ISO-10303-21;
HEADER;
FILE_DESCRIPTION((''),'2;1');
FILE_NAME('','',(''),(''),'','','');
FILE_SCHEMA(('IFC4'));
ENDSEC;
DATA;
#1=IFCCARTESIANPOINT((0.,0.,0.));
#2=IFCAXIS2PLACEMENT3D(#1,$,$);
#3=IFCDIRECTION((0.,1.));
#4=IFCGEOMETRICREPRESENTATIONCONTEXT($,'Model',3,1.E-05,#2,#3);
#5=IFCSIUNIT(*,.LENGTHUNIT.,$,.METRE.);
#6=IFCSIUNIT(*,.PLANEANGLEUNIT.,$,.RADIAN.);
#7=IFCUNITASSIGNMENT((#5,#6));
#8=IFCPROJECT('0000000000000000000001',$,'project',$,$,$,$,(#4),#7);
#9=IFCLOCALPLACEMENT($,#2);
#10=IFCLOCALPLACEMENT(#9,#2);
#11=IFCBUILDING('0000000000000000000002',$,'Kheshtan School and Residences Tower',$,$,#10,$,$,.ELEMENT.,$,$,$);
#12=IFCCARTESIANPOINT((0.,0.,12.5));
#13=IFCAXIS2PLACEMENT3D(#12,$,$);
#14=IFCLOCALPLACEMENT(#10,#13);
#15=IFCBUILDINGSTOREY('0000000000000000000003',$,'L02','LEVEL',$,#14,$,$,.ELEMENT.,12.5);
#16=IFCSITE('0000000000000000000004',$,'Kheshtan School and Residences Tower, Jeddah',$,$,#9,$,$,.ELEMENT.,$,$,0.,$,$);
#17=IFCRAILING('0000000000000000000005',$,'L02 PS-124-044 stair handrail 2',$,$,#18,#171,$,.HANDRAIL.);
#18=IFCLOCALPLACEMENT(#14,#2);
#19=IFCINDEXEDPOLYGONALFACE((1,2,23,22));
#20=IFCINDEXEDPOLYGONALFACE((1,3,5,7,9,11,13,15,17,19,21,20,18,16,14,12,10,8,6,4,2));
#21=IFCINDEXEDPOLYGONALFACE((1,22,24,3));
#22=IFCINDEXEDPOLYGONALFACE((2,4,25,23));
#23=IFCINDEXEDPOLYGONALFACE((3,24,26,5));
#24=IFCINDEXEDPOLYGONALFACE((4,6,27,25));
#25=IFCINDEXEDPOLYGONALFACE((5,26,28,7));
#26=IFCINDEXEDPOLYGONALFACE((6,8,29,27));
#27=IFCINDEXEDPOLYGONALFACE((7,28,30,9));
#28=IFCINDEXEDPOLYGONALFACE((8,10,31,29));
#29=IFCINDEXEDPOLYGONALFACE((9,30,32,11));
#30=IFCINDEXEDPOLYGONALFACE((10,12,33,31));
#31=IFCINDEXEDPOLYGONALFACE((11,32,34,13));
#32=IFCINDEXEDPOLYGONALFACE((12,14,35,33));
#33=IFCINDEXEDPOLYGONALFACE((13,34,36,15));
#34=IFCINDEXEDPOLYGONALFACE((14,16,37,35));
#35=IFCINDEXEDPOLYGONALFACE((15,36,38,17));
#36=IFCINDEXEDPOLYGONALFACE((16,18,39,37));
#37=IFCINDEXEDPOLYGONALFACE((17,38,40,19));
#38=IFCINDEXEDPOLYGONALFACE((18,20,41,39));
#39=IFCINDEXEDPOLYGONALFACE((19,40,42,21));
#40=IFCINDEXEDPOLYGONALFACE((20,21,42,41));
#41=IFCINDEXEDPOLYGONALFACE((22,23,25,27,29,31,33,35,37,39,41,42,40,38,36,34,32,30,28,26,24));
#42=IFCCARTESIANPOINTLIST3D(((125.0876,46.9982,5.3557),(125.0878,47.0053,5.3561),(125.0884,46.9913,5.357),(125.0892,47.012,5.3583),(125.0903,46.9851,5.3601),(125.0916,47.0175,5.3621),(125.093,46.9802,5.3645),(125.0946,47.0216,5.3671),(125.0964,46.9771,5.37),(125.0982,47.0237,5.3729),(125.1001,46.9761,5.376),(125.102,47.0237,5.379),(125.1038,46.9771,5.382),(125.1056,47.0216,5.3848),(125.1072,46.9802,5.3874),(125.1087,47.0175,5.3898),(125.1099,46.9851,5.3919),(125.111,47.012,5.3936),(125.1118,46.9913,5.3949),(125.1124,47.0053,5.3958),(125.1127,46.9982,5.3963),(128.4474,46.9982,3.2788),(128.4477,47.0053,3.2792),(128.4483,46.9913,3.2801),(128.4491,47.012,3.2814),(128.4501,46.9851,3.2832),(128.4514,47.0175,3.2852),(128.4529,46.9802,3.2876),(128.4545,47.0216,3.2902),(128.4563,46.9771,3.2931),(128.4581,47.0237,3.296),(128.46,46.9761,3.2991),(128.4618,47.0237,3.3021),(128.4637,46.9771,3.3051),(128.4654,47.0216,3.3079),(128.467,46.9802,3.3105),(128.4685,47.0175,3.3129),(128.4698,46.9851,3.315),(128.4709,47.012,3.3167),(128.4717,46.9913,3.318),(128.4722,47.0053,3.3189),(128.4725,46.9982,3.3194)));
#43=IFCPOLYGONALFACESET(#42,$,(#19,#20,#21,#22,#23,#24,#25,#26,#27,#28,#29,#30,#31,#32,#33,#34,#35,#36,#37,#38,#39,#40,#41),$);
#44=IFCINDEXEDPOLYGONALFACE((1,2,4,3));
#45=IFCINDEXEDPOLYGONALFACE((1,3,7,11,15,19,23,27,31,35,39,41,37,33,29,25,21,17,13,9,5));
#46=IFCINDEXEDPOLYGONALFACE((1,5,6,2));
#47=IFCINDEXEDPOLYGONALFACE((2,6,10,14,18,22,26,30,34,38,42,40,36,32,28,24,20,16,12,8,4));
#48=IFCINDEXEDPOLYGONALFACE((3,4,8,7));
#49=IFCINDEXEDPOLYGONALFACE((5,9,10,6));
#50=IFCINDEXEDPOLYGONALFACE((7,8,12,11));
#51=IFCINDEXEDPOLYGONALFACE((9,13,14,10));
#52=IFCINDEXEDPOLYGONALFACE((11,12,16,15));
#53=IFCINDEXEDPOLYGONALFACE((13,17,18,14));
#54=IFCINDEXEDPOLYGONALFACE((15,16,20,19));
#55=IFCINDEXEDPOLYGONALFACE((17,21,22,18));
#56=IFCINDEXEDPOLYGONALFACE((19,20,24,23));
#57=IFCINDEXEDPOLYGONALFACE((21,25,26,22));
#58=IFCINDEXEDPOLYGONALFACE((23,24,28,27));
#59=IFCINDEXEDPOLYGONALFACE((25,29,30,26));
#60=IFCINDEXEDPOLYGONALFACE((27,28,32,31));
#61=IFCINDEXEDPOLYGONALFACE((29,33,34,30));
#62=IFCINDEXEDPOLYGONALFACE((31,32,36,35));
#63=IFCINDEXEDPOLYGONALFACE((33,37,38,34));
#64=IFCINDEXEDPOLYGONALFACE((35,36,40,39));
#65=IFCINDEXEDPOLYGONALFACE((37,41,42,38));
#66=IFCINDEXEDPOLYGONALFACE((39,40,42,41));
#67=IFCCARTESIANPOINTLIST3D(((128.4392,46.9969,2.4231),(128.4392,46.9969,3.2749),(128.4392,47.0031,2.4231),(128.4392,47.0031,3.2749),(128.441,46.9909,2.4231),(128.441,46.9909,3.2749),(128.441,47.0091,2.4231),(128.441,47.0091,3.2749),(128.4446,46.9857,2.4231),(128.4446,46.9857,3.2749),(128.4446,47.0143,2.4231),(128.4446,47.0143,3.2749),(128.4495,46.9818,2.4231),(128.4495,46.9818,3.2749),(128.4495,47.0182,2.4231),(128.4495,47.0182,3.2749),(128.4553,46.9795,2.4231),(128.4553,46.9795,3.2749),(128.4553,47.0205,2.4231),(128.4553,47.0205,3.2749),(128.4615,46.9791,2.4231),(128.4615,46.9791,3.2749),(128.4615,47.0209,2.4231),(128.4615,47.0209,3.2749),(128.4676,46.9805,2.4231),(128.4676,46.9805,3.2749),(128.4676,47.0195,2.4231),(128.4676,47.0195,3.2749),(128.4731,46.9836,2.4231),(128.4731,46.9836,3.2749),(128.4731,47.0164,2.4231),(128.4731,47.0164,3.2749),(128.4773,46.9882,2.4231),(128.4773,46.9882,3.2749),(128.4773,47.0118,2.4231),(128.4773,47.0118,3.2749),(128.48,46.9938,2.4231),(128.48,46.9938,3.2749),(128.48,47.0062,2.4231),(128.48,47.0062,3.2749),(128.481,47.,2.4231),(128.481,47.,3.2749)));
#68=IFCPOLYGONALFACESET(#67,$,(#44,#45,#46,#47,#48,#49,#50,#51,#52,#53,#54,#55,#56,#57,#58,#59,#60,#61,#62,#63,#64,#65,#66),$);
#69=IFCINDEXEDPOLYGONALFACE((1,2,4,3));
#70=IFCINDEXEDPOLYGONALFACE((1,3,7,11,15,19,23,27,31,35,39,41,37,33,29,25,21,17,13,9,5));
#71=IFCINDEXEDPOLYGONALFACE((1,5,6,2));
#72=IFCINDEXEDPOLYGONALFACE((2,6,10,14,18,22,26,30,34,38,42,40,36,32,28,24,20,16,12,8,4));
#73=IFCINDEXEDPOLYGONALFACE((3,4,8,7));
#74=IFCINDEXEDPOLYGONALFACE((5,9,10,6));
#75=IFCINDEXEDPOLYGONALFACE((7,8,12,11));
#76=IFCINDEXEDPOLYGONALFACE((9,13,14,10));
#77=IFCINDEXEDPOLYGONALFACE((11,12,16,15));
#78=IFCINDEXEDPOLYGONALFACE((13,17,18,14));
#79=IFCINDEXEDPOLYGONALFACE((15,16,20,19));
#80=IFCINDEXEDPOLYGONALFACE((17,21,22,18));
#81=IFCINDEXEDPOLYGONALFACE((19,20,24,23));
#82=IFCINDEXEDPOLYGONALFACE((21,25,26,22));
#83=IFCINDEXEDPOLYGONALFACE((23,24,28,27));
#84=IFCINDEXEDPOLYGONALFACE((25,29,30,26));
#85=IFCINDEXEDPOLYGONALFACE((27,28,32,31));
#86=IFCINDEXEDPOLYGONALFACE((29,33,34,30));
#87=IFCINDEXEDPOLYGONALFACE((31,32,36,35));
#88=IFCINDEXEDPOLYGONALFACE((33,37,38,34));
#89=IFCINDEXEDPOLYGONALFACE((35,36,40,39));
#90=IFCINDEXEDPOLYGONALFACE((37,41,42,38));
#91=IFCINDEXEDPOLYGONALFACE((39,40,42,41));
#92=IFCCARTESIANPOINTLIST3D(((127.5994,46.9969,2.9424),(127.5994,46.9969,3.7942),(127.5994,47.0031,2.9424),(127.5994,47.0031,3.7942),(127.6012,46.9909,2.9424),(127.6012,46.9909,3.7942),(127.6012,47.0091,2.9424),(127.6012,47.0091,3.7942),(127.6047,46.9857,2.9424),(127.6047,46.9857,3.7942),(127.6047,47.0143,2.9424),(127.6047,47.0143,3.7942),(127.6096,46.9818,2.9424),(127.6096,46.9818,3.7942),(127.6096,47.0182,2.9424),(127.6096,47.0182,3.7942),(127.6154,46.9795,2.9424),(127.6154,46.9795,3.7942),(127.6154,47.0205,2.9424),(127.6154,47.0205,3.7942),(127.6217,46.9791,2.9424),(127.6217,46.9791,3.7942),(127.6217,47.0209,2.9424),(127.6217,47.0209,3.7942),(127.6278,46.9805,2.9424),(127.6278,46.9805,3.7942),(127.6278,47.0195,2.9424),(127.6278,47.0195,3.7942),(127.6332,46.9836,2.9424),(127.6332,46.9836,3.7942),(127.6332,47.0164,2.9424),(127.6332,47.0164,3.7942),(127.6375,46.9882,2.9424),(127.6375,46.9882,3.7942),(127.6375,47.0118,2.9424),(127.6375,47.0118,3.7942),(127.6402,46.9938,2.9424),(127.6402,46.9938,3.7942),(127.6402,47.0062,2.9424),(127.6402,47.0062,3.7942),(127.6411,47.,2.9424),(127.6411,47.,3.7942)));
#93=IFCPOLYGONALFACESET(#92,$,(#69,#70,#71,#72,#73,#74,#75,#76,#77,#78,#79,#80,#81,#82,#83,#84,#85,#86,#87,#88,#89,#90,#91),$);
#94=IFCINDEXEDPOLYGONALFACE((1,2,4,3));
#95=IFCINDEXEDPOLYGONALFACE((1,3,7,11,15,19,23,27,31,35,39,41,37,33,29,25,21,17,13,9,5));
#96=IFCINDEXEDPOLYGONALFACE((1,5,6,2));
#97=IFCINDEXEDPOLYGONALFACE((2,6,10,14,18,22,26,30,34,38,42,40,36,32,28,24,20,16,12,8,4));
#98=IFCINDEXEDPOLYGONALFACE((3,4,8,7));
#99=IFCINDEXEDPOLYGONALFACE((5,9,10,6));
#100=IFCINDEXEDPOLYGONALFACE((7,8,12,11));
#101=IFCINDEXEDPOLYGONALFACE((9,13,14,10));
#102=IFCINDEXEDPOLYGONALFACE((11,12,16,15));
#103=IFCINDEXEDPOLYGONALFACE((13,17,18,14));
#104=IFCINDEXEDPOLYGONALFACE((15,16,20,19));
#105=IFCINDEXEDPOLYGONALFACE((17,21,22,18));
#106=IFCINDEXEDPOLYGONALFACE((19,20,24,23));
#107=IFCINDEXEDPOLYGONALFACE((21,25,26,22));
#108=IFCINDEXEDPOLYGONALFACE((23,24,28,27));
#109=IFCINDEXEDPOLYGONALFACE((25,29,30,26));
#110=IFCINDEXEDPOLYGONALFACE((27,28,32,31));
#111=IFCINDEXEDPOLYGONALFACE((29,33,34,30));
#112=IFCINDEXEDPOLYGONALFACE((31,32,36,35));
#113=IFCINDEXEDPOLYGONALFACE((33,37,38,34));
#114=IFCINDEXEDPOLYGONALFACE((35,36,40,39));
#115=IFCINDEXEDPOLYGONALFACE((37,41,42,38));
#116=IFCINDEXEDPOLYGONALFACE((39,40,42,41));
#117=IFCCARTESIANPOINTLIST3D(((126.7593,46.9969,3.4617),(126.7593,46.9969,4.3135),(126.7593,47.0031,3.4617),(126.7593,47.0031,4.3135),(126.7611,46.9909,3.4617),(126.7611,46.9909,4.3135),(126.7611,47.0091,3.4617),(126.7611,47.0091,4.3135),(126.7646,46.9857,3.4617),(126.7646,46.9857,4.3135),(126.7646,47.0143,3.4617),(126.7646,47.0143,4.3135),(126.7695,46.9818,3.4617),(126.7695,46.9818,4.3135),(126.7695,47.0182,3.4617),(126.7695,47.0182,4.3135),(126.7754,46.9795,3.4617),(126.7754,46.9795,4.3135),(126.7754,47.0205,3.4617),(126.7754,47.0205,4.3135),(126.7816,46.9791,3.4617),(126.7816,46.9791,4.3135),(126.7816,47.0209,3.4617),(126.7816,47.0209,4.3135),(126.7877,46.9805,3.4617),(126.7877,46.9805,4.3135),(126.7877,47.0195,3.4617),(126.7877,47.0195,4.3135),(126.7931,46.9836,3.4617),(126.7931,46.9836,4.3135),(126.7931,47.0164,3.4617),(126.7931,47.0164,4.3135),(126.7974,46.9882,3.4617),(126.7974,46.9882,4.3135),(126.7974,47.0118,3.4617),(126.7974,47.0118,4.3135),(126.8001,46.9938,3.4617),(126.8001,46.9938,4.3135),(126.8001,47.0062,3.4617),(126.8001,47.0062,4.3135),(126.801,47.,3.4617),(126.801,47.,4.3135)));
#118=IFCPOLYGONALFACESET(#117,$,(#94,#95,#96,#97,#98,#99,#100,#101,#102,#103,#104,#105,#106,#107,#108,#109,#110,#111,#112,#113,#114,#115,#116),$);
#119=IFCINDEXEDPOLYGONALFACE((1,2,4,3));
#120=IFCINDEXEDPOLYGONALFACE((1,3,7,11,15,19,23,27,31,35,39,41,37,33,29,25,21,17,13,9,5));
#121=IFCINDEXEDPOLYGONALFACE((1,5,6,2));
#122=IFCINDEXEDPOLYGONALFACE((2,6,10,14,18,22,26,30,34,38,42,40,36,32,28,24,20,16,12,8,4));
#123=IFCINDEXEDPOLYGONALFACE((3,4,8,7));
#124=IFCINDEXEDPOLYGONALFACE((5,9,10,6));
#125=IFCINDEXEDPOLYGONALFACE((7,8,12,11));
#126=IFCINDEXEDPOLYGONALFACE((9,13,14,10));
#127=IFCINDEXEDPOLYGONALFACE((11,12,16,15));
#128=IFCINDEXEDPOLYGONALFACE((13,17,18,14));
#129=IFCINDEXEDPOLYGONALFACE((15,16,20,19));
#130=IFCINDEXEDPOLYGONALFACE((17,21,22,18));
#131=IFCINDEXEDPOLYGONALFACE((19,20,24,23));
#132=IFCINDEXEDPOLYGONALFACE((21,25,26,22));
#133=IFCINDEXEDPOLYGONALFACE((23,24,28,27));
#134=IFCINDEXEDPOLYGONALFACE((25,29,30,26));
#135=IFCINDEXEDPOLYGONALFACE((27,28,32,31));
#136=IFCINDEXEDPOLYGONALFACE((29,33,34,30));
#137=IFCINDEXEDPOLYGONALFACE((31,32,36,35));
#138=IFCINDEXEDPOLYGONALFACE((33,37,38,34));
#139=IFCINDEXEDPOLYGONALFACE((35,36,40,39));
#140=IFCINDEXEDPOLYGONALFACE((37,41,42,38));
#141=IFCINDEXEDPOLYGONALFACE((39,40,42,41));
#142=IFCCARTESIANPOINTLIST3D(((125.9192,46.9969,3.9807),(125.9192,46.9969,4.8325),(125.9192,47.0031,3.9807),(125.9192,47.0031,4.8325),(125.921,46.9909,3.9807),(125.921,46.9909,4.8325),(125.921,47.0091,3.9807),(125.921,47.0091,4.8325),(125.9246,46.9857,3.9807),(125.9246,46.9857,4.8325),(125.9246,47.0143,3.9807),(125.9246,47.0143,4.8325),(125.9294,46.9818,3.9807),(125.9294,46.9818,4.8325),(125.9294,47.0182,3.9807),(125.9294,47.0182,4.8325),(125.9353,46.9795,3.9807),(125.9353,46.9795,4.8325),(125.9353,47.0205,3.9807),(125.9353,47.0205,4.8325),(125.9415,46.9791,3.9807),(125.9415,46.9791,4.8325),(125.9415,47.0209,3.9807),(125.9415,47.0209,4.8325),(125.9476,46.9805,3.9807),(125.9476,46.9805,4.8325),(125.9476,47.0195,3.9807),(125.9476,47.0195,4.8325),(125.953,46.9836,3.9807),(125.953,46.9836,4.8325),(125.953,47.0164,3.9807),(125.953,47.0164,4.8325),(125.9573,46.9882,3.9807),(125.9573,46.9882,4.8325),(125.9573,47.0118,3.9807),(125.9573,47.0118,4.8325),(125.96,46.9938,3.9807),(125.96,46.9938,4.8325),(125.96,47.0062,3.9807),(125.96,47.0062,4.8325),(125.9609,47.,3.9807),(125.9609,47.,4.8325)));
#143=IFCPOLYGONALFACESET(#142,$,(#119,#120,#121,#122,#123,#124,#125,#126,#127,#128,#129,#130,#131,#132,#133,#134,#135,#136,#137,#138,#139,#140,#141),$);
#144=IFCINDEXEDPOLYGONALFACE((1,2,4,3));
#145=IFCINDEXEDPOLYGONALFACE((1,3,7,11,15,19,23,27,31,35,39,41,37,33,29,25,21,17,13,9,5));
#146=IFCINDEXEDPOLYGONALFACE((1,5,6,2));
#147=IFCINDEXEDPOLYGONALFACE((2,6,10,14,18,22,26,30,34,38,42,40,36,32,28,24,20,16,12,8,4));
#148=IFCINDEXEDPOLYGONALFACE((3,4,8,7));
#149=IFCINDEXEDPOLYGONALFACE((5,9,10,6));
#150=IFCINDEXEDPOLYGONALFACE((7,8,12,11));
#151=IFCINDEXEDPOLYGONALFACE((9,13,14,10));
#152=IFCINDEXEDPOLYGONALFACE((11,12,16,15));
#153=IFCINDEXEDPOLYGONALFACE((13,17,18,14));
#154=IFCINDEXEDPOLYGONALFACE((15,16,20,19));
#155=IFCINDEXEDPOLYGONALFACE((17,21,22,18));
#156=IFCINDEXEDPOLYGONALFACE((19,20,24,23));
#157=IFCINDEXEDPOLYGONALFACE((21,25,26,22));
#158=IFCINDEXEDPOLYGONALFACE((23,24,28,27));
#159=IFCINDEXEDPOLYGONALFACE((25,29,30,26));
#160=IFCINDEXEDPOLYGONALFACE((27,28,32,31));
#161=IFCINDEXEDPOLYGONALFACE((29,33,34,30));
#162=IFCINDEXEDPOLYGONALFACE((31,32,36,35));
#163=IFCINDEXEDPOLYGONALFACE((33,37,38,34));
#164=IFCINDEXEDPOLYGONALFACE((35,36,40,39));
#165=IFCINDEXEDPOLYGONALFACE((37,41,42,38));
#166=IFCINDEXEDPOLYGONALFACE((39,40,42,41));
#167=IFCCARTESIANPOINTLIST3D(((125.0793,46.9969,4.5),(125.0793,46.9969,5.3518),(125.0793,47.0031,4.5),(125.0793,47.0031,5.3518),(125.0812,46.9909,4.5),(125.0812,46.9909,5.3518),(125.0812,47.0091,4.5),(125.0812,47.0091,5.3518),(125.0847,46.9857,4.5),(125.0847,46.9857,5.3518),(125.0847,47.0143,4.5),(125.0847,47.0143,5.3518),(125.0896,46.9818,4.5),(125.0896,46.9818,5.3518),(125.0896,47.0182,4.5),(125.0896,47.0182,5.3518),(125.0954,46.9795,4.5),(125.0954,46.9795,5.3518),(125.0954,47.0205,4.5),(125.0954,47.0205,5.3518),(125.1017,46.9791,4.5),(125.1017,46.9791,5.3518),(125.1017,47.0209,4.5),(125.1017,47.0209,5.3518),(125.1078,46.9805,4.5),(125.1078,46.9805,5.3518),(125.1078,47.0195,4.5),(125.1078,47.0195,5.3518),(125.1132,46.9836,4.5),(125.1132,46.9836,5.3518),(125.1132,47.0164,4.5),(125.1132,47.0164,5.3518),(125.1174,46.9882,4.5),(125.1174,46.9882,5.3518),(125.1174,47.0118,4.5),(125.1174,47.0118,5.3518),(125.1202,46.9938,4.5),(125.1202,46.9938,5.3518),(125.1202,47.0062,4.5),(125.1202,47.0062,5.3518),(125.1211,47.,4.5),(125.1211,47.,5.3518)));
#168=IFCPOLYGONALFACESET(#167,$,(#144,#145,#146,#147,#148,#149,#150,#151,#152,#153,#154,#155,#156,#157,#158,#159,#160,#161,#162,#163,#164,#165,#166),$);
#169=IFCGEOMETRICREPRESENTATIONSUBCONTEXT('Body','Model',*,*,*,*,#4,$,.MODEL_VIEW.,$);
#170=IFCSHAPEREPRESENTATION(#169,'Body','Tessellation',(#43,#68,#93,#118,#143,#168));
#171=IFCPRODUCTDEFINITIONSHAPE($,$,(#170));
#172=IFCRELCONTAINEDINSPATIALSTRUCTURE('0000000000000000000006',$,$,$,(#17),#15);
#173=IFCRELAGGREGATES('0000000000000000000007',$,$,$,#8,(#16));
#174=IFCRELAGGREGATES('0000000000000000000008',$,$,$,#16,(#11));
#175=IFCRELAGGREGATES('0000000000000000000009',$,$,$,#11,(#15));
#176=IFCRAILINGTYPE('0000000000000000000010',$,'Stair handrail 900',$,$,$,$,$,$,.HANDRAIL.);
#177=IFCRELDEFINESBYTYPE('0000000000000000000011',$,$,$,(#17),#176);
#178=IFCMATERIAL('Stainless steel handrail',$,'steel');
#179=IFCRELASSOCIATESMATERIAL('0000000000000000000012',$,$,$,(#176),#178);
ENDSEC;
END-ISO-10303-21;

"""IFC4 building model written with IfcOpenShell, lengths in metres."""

from ifc_helpers import new_model, si_unit, direction, frame, origin, origin_2d, place, context, subcontext, project, spatial, circle, extrude, material, type_object, element, save


model = new_model("IFC4")

# Units and contexts
model_context = context("Model", 3, precision=1e-05, world=origin(), true_north=direction((0.0, 1.0)))
body_context = subcontext(model_context, "Body", "Model", "MODEL_VIEW")
ifc_project = project(units=[si_unit("LENGTHUNIT", "METRE"), si_unit("PLANEANGLEUNIT", "RADIAN")], contexts=[model_context])

# Site, building, storey
site_placement = place(None, origin())
site = spatial("IfcSite", under=ifc_project, at=site_placement, Name="Kheshtan School and Residences Tower, Jeddah", CompositionType="ELEMENT", RefElevation=0.0)
building_placement = place(site_placement, origin())
building = spatial("IfcBuilding", under=site, at=building_placement, Name="Kheshtan School and Residences Tower", CompositionType="ELEMENT")
storey_placement = place(building_placement, frame((0.0, 0.0, 12.5)))
storey = spatial("IfcBuildingStorey", under=building, at=storey_placement, Name="L02", Description="LEVEL", CompositionType="ELEMENT", Elevation=12.5)

# Railing
ifc_material_1 = material(Name="Stainless steel handrail", Category="steel")
railing_type_1 = type_object("IfcRailingType", Name="Stair handrail 900", PredefinedType="HANDRAIL", material=ifc_material_1)
railing_1_placement = place(storey_placement, frame((128.46, 47.0, 2.4231)))
element("IfcRailing", 1, at=railing_1_placement, inside=storey, type_object=railing_type_1, Name="L02 PS-124-044 stair handrail 2", PredefinedType="HANDRAIL", context=body_context, shape_type="SweptSolid", body=[
    extrude(circle(Radius=0.0239, at=origin_2d()), frame((0.0, 0.0, 0.876), z_axis=(-0.850606, 0.0, 0.525803), x_axis=(0.0, -1.0, 0.0)), (0.0, 0.0, 1.0), 3.95),
    extrude(circle(Radius=0.021, at=origin_2d()), origin(), (0.0, 0.0, 1.0), 0.8518),
    extrude(circle(Radius=0.021, at=origin_2d()), frame((-0.8398, 0.0, 0.5193)), (0.0, 0.0, 1.0), 0.8518),
    extrude(circle(Radius=0.021, at=origin_2d()), frame((-1.6799, 0.0, 1.0386)), (0.0, 0.0, 1.0), 0.8518),
    extrude(circle(Radius=0.021, at=origin_2d()), frame((-2.52, 0.0, 1.5576)), (0.0, 0.0, 1.0), 0.8518),
    extrude(circle(Radius=0.021, at=origin_2d()), frame((-3.3599, 0.0, 2.0769)), (0.0, 0.0, 1.0), 0.8518),
])

save(model, "model.ifc")
